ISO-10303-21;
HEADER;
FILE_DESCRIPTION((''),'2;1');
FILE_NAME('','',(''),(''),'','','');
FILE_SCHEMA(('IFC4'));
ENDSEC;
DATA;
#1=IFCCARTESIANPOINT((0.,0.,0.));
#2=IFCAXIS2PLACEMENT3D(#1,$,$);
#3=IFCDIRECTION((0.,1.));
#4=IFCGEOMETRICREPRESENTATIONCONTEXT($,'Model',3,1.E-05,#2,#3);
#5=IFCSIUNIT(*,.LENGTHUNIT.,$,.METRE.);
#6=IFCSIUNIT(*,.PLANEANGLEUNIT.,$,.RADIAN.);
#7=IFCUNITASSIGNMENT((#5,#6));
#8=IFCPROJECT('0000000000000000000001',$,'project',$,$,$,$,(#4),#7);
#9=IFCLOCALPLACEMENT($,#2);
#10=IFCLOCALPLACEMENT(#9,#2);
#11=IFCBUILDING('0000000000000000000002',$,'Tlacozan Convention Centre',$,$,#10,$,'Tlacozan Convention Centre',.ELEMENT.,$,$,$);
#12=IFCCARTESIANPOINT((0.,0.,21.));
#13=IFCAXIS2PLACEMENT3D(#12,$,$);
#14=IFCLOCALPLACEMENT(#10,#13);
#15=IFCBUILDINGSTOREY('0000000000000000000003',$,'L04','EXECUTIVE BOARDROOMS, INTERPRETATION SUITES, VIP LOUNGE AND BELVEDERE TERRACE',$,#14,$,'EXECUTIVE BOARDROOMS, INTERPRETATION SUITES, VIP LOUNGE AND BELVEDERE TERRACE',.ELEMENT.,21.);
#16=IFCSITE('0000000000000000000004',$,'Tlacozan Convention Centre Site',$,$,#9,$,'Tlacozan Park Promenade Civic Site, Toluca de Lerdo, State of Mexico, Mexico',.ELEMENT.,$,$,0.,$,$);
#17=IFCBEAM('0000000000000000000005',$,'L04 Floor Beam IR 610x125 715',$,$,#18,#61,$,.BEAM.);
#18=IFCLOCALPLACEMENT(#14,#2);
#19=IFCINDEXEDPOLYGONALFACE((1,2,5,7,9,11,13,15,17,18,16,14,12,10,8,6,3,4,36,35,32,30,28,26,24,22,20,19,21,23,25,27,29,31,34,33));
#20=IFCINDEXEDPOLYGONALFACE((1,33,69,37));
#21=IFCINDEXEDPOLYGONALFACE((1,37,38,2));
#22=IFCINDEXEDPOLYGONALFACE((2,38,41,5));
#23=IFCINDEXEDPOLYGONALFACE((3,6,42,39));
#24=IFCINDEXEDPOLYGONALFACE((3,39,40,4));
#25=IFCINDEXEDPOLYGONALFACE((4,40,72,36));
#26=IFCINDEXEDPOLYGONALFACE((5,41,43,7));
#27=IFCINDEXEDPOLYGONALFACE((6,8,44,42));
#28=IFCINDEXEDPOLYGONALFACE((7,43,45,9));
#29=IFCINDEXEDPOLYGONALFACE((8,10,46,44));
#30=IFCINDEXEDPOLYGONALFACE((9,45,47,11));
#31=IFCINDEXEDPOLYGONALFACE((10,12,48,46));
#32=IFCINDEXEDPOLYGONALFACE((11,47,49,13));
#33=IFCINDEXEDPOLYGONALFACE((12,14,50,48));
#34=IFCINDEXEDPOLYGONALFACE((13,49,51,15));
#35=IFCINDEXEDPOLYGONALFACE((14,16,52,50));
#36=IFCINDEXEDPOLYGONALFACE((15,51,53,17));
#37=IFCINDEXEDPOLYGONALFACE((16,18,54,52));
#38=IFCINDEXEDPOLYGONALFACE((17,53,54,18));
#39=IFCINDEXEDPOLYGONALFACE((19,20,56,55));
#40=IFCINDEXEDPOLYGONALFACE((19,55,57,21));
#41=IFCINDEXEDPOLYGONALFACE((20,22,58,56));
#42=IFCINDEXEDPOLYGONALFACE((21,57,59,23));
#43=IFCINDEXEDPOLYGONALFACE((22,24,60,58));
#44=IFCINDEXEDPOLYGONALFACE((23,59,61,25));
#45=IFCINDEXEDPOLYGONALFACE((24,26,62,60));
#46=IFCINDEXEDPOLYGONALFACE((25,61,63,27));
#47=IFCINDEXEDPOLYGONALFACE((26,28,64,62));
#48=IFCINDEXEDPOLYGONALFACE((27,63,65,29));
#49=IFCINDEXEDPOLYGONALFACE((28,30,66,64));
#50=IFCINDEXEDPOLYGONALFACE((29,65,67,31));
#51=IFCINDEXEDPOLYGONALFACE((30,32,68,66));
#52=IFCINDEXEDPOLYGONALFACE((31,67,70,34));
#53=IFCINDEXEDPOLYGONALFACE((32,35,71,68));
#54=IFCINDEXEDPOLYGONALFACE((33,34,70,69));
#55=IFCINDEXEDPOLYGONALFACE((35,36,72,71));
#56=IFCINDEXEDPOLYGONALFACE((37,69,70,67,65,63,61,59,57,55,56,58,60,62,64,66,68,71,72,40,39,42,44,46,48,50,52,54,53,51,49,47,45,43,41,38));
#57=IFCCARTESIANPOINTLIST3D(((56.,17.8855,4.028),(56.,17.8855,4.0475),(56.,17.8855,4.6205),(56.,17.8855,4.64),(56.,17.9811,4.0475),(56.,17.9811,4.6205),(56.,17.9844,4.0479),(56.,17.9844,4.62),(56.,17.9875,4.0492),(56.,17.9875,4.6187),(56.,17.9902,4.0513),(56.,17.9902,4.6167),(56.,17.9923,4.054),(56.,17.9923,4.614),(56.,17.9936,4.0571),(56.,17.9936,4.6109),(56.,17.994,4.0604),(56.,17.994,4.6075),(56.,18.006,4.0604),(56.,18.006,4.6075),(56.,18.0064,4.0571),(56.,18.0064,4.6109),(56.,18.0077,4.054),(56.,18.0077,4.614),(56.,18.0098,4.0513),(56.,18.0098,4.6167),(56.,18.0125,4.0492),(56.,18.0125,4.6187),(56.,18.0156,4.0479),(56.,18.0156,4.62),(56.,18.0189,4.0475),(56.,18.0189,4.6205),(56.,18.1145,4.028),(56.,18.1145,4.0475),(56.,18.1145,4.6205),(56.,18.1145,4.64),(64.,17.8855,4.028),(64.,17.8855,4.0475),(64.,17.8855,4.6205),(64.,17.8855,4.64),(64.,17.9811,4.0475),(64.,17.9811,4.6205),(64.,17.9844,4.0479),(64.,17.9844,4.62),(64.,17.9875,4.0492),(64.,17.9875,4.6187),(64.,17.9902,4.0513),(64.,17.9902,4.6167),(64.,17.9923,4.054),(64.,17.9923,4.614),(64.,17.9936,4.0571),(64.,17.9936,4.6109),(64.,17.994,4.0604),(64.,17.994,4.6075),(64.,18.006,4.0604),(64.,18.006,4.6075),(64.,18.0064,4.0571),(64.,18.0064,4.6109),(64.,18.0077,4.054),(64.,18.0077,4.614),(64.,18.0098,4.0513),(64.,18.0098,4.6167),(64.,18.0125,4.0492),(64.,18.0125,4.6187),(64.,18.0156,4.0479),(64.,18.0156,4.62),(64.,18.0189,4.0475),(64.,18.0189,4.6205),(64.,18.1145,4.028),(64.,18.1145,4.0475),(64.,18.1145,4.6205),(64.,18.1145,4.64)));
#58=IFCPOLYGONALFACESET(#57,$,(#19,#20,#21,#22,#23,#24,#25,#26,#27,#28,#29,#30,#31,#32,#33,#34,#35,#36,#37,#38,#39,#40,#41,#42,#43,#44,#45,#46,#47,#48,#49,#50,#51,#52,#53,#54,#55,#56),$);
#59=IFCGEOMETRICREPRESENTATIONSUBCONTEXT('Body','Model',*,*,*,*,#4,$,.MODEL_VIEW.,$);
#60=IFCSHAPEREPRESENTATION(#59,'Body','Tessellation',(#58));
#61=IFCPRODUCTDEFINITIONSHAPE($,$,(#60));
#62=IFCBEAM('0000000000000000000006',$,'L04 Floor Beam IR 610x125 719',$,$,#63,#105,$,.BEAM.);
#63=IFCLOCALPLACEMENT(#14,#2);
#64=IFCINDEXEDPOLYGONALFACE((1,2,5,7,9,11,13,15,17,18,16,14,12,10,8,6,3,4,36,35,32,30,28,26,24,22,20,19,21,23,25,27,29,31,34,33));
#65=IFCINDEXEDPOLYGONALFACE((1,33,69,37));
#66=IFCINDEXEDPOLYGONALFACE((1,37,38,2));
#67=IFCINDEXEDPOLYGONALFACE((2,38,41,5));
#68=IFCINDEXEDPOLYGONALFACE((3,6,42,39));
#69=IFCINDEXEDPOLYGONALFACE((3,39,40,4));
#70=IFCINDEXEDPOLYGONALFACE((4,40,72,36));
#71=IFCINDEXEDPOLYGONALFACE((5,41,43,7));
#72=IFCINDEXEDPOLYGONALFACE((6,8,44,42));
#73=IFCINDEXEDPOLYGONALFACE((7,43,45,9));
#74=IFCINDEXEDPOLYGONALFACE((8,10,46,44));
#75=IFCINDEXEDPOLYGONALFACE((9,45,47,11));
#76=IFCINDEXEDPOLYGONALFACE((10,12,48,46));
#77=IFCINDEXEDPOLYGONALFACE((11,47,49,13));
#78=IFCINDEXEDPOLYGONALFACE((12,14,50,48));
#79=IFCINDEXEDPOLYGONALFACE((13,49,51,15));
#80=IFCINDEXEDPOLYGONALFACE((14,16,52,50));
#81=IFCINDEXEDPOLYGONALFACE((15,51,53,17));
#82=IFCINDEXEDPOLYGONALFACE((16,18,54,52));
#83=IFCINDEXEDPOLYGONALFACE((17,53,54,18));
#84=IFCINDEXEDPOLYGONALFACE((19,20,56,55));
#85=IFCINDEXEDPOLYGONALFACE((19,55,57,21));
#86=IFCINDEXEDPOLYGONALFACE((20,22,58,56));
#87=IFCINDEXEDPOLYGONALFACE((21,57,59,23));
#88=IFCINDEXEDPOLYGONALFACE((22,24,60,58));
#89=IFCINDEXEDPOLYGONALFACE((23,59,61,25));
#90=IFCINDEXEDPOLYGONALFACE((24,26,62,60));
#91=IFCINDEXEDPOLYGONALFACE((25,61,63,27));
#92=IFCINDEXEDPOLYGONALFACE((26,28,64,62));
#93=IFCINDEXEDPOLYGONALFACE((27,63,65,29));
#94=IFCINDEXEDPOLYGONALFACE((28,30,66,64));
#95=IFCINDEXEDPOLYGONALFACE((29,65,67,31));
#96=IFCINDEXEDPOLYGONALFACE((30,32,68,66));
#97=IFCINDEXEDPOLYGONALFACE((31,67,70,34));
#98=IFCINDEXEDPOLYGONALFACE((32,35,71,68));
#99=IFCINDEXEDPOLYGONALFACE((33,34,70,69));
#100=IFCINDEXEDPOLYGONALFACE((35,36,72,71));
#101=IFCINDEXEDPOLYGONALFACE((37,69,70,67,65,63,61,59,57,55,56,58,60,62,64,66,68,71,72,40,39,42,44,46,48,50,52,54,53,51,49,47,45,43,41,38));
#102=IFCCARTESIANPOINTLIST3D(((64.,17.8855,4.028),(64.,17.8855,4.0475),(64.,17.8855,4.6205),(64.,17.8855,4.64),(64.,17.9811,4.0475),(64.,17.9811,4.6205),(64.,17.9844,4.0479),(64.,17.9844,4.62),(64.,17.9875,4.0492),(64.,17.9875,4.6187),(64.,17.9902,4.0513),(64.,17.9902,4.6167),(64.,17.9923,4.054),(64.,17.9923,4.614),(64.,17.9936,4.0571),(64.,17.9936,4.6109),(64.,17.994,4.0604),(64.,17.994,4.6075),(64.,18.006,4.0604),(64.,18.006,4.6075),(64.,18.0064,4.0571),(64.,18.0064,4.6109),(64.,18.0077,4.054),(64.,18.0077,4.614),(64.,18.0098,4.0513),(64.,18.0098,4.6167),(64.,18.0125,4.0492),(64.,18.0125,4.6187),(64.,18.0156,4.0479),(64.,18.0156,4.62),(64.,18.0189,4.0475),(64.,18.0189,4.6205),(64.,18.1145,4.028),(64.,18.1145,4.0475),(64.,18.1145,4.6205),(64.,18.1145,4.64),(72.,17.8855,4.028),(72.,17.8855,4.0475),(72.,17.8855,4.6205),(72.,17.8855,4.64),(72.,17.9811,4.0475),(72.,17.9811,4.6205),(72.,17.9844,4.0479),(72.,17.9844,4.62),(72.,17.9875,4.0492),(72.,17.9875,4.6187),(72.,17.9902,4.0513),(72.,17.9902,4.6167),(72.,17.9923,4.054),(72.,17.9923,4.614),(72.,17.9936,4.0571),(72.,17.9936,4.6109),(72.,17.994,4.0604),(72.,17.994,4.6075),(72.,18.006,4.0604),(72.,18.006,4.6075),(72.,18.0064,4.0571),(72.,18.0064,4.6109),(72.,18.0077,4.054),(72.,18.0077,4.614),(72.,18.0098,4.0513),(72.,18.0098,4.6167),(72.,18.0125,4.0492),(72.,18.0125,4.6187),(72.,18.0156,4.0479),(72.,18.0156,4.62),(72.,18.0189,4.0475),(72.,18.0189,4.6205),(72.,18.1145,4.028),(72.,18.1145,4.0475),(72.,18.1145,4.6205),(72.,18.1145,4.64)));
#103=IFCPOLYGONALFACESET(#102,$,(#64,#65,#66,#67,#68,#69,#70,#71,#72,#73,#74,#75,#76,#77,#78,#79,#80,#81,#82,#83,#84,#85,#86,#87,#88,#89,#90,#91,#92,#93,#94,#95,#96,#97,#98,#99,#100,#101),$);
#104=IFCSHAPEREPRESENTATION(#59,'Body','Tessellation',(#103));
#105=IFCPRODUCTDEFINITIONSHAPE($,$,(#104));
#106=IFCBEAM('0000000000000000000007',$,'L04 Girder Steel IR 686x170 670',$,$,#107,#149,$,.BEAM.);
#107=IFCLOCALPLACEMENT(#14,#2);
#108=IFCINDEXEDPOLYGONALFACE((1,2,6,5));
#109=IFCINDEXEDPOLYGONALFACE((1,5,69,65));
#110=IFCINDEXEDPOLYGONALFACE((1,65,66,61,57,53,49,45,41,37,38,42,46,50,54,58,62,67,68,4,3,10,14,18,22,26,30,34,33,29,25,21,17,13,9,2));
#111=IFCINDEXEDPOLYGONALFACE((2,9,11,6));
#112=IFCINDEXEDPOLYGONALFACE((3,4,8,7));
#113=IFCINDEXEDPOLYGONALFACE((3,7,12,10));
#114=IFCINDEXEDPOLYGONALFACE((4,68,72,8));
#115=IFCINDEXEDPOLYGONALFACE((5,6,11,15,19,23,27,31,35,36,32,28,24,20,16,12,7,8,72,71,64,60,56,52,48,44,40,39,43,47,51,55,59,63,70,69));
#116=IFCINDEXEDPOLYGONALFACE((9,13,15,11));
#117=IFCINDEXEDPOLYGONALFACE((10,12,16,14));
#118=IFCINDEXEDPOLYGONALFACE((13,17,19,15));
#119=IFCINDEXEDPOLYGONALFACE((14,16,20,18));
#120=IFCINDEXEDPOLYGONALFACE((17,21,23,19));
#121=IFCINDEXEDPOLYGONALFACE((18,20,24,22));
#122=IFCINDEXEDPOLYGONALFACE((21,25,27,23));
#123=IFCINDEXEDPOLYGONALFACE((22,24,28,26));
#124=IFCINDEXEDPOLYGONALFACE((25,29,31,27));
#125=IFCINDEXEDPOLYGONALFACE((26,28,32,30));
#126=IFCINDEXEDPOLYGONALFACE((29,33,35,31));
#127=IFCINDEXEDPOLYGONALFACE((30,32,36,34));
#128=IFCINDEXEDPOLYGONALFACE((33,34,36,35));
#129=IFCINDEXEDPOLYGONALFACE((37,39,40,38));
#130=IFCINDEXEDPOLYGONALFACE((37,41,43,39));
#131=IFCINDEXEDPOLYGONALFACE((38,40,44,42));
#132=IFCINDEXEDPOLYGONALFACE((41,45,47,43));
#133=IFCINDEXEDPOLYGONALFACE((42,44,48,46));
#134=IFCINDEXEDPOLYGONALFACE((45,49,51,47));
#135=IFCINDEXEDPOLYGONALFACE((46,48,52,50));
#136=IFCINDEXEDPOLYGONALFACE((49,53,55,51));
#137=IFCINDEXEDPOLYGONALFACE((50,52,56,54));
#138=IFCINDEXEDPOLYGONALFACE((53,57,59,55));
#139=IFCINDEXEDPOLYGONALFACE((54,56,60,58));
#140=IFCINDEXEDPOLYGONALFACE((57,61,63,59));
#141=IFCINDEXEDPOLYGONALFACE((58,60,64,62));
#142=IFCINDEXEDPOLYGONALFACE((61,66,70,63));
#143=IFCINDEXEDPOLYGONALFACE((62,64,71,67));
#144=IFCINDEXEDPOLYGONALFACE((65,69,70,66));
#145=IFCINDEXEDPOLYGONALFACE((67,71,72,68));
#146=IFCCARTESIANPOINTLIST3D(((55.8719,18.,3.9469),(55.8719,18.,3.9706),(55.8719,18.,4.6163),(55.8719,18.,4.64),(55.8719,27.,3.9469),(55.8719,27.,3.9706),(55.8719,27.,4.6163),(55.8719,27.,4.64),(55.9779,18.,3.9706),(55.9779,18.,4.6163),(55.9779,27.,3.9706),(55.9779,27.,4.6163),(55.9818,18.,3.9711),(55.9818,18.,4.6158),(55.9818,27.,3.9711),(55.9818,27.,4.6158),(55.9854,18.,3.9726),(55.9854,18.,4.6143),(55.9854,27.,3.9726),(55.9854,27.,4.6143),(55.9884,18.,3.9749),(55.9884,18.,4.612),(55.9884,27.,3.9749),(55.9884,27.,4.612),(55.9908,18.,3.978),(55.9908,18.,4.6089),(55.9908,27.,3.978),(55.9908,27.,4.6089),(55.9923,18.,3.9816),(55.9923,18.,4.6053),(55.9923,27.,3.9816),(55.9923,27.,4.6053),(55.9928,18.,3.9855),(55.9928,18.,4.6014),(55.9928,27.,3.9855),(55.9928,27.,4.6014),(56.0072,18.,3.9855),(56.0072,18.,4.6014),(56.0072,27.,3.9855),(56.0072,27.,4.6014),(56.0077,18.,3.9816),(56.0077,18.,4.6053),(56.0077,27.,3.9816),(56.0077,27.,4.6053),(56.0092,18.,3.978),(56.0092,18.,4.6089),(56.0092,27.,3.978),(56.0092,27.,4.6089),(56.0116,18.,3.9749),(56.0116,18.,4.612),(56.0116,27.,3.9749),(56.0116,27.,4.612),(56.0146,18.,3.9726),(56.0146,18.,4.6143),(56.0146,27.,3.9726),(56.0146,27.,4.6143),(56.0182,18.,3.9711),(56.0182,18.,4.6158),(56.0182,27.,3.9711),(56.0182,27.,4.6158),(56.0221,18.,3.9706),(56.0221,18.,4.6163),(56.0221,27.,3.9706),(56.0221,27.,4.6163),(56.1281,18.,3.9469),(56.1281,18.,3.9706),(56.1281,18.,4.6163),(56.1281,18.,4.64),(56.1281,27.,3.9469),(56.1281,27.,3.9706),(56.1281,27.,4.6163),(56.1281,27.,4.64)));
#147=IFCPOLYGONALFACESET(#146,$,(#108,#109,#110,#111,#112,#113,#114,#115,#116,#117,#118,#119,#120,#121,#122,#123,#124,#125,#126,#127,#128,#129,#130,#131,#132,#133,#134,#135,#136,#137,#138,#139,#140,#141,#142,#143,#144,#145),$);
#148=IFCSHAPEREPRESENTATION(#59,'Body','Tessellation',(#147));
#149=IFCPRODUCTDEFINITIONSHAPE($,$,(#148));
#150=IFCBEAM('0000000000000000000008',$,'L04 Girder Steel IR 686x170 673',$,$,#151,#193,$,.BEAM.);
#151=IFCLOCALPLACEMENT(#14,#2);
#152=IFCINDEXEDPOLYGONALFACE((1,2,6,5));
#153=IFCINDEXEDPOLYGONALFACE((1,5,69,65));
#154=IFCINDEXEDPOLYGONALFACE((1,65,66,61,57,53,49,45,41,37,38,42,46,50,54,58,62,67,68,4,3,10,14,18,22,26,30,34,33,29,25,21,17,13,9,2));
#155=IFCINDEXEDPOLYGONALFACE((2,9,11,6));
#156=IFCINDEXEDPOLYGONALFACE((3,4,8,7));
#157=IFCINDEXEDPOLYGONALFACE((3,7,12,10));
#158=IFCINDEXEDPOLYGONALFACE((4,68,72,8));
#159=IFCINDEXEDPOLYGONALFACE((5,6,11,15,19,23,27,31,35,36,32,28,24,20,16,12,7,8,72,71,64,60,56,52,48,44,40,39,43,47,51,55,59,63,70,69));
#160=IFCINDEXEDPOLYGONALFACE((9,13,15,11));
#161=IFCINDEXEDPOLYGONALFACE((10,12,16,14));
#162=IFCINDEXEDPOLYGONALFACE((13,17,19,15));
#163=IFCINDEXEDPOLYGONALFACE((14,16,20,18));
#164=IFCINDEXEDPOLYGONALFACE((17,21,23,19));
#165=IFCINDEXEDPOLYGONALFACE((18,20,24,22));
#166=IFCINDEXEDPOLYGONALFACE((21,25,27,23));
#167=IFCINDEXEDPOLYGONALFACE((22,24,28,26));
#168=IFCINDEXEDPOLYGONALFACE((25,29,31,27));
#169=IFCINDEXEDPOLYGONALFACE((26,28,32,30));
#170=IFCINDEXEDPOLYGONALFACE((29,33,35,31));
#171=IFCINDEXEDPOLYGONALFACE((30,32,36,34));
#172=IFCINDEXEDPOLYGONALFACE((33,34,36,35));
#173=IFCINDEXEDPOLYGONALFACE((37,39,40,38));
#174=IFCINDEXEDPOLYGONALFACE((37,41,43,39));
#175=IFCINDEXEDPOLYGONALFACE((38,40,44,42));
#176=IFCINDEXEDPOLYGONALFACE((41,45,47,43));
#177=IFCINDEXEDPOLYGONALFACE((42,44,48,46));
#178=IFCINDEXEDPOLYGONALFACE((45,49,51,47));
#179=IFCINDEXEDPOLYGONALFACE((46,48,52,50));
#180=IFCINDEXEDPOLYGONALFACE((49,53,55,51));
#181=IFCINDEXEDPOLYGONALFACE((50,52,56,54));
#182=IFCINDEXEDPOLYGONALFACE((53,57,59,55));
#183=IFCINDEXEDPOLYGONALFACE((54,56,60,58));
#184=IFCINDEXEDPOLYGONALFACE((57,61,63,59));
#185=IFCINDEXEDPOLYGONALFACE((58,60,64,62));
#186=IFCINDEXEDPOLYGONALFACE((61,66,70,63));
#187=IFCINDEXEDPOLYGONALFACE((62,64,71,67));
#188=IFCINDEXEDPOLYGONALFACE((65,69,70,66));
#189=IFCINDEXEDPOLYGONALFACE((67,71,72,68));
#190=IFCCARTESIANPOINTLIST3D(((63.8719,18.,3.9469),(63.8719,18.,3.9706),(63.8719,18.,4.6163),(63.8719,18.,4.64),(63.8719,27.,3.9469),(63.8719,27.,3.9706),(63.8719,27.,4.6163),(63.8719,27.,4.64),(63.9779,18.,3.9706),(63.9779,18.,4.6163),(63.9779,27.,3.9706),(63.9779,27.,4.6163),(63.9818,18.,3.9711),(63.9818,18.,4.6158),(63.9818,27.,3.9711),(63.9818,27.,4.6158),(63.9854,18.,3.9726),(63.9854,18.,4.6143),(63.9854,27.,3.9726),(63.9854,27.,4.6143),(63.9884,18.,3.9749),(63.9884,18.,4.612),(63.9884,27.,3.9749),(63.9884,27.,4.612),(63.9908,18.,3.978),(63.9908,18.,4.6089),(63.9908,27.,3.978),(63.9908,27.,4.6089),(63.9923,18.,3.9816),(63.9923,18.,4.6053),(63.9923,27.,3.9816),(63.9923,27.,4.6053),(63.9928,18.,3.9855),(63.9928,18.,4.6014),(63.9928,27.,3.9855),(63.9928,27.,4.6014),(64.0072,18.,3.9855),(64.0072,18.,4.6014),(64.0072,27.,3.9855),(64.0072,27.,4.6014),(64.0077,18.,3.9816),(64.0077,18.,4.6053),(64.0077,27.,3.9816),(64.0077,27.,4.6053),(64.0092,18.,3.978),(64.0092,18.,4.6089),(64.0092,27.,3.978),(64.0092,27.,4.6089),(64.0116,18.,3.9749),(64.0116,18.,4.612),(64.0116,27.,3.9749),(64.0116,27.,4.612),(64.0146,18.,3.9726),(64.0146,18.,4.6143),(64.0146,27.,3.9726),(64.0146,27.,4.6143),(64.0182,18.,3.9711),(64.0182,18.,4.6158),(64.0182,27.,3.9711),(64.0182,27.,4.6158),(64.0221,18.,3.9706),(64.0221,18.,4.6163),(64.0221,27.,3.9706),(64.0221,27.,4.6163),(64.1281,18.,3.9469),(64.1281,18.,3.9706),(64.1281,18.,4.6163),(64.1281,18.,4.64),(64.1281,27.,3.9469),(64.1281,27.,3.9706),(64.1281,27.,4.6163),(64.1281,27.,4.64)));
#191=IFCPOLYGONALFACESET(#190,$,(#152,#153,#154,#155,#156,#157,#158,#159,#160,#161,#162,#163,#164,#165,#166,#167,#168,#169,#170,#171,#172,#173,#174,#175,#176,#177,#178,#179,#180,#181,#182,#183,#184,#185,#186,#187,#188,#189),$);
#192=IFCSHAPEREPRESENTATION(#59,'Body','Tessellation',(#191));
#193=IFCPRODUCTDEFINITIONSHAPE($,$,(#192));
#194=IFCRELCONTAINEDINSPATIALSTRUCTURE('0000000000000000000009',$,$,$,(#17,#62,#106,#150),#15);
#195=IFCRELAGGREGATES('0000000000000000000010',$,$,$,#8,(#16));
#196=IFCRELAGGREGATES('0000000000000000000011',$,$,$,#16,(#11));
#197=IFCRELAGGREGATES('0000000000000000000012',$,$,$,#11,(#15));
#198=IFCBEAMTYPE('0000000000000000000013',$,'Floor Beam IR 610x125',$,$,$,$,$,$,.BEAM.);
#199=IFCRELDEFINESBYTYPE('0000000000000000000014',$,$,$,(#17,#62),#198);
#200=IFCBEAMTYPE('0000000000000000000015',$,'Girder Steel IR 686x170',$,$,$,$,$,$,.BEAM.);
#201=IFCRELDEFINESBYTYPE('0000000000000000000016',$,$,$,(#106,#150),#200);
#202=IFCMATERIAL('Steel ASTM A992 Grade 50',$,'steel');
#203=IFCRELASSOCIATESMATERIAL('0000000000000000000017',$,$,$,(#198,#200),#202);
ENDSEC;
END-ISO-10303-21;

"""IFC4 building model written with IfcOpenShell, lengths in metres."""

from ifc_helpers import new_model, si_unit, direction, frame, origin, origin_2d, place, context, subcontext, project, spatial, i_section, extrude, material, material_profile, profile_set, type_object, element, save


model = new_model("IFC4")

# Units and contexts
model_context = context("Model", 3, precision=1e-05, world=origin(), true_north=direction((0.0, 1.0)))
body_context = subcontext(model_context, "Body", "Model", "MODEL_VIEW")
ifc_project = project(units=[si_unit("LENGTHUNIT", "METRE"), si_unit("PLANEANGLEUNIT", "RADIAN")], contexts=[model_context])

# Site, building, storey
site_placement = place(None, origin())
site = spatial("IfcSite", under=ifc_project, at=site_placement, Name="Tlacozan Convention Centre Site", LongName="Tlacozan Park Promenade Civic Site, Toluca de Lerdo, State of Mexico, Mexico", CompositionType="ELEMENT", RefElevation=0.0)
building_placement = place(site_placement, origin())
building = spatial("IfcBuilding", under=site, at=building_placement, Name="Tlacozan Convention Centre", LongName="Tlacozan Convention Centre", CompositionType="ELEMENT")
storey_placement = place(building_placement, frame((0.0, 0.0, 21.0)))
storey = spatial("IfcBuildingStorey", under=building, at=storey_placement, Name="L04", Description="EXECUTIVE BOARDROOMS, INTERPRETATION SUITES, VIP LOUNGE AND BELVEDERE TERRACE", LongName="EXECUTIVE BOARDROOMS, INTERPRETATION SUITES, VIP LOUNGE AND BELVEDERE TERRACE", CompositionType="ELEMENT", Elevation=21.0)

# Beams
ifc_material_1 = material(Name="Steel ASTM A992 Grade 50", Category="steel")
ifc_material_profile_1 = material_profile(ifc_material_1, i_section(OverallWidth=0.229, OverallDepth=0.6121, WebThickness=0.012, FlangeThickness=0.0195, FilletRadius=0.0129, at=origin_2d()), Name="IR 610x125.0")
ifc_profile_set_1 = profile_set([ifc_material_profile_1], Name="Steel ASTM A992 Grade 50")
beam_type_1 = type_object("IfcBeamType", Name="Floor Beam IR 610x125", PredefinedType="BEAM", material=ifc_profile_set_1)
for number, where, z_axis, x_axis, name in (
    (1, (56.0, 18.0, 4.334), (1.0, 0.0, 0.0), (0.0, 1.0, 0.0), "L04 Floor Beam IR 610x125 715"),
    (2, (64.0, 18.0, 4.334), (1.0, 0.0, 0.0), (0.0, 1.0, 0.0), "L04 Floor Beam IR 610x125 719"),
):
    element("IfcBeam", number, at=place(storey_placement, frame(where, z_axis=z_axis, x_axis=x_axis)), inside=storey, type_object=beam_type_1, Name=name, PredefinedType="BEAM", context=body_context, shape_type="SweptSolid", body=[
        extrude(i_section(OverallWidth=0.229, OverallDepth=0.6121, WebThickness=0.012, FlangeThickness=0.0195, FilletRadius=0.0129, at=origin_2d()), origin(), (0.0, 0.0, 1.0), 8.0),
    ])
ifc_material_profile_2 = material_profile(ifc_material_1, i_section(OverallWidth=0.2561, OverallDepth=0.6931, WebThickness=0.0144, FlangeThickness=0.0237, FilletRadius=0.0149, at=origin_2d()), Name="IR 686x170.0")
ifc_profile_set_2 = profile_set([ifc_material_profile_2], Name="Steel ASTM A992 Grade 50")
beam_type_2 = type_object("IfcBeamType", Name="Girder Steel IR 686x170", PredefinedType="BEAM", material=ifc_profile_set_2)
for number, where, z_axis, x_axis, name in (
    (3, (56.0, 18.0, 4.2935), (0.0, 1.0, 0.0), (-1.0, 0.0, 0.0), "L04 Girder Steel IR 686x170 670"),
    (4, (64.0, 18.0, 4.2935), (0.0, 1.0, 0.0), (-1.0, 0.0, 0.0), "L04 Girder Steel IR 686x170 673"),
):
    element("IfcBeam", number, at=place(storey_placement, frame(where, z_axis=z_axis, x_axis=x_axis)), inside=storey, type_object=beam_type_2, Name=name, PredefinedType="BEAM", context=body_context, shape_type="SweptSolid", body=[
        extrude(i_section(OverallWidth=0.2561, OverallDepth=0.6931, WebThickness=0.0144, FlangeThickness=0.0237, FilletRadius=0.0149, at=origin_2d()), origin(), (0.0, 0.0, 1.0), 9.0),
    ])

save(model, "model.ifc")
